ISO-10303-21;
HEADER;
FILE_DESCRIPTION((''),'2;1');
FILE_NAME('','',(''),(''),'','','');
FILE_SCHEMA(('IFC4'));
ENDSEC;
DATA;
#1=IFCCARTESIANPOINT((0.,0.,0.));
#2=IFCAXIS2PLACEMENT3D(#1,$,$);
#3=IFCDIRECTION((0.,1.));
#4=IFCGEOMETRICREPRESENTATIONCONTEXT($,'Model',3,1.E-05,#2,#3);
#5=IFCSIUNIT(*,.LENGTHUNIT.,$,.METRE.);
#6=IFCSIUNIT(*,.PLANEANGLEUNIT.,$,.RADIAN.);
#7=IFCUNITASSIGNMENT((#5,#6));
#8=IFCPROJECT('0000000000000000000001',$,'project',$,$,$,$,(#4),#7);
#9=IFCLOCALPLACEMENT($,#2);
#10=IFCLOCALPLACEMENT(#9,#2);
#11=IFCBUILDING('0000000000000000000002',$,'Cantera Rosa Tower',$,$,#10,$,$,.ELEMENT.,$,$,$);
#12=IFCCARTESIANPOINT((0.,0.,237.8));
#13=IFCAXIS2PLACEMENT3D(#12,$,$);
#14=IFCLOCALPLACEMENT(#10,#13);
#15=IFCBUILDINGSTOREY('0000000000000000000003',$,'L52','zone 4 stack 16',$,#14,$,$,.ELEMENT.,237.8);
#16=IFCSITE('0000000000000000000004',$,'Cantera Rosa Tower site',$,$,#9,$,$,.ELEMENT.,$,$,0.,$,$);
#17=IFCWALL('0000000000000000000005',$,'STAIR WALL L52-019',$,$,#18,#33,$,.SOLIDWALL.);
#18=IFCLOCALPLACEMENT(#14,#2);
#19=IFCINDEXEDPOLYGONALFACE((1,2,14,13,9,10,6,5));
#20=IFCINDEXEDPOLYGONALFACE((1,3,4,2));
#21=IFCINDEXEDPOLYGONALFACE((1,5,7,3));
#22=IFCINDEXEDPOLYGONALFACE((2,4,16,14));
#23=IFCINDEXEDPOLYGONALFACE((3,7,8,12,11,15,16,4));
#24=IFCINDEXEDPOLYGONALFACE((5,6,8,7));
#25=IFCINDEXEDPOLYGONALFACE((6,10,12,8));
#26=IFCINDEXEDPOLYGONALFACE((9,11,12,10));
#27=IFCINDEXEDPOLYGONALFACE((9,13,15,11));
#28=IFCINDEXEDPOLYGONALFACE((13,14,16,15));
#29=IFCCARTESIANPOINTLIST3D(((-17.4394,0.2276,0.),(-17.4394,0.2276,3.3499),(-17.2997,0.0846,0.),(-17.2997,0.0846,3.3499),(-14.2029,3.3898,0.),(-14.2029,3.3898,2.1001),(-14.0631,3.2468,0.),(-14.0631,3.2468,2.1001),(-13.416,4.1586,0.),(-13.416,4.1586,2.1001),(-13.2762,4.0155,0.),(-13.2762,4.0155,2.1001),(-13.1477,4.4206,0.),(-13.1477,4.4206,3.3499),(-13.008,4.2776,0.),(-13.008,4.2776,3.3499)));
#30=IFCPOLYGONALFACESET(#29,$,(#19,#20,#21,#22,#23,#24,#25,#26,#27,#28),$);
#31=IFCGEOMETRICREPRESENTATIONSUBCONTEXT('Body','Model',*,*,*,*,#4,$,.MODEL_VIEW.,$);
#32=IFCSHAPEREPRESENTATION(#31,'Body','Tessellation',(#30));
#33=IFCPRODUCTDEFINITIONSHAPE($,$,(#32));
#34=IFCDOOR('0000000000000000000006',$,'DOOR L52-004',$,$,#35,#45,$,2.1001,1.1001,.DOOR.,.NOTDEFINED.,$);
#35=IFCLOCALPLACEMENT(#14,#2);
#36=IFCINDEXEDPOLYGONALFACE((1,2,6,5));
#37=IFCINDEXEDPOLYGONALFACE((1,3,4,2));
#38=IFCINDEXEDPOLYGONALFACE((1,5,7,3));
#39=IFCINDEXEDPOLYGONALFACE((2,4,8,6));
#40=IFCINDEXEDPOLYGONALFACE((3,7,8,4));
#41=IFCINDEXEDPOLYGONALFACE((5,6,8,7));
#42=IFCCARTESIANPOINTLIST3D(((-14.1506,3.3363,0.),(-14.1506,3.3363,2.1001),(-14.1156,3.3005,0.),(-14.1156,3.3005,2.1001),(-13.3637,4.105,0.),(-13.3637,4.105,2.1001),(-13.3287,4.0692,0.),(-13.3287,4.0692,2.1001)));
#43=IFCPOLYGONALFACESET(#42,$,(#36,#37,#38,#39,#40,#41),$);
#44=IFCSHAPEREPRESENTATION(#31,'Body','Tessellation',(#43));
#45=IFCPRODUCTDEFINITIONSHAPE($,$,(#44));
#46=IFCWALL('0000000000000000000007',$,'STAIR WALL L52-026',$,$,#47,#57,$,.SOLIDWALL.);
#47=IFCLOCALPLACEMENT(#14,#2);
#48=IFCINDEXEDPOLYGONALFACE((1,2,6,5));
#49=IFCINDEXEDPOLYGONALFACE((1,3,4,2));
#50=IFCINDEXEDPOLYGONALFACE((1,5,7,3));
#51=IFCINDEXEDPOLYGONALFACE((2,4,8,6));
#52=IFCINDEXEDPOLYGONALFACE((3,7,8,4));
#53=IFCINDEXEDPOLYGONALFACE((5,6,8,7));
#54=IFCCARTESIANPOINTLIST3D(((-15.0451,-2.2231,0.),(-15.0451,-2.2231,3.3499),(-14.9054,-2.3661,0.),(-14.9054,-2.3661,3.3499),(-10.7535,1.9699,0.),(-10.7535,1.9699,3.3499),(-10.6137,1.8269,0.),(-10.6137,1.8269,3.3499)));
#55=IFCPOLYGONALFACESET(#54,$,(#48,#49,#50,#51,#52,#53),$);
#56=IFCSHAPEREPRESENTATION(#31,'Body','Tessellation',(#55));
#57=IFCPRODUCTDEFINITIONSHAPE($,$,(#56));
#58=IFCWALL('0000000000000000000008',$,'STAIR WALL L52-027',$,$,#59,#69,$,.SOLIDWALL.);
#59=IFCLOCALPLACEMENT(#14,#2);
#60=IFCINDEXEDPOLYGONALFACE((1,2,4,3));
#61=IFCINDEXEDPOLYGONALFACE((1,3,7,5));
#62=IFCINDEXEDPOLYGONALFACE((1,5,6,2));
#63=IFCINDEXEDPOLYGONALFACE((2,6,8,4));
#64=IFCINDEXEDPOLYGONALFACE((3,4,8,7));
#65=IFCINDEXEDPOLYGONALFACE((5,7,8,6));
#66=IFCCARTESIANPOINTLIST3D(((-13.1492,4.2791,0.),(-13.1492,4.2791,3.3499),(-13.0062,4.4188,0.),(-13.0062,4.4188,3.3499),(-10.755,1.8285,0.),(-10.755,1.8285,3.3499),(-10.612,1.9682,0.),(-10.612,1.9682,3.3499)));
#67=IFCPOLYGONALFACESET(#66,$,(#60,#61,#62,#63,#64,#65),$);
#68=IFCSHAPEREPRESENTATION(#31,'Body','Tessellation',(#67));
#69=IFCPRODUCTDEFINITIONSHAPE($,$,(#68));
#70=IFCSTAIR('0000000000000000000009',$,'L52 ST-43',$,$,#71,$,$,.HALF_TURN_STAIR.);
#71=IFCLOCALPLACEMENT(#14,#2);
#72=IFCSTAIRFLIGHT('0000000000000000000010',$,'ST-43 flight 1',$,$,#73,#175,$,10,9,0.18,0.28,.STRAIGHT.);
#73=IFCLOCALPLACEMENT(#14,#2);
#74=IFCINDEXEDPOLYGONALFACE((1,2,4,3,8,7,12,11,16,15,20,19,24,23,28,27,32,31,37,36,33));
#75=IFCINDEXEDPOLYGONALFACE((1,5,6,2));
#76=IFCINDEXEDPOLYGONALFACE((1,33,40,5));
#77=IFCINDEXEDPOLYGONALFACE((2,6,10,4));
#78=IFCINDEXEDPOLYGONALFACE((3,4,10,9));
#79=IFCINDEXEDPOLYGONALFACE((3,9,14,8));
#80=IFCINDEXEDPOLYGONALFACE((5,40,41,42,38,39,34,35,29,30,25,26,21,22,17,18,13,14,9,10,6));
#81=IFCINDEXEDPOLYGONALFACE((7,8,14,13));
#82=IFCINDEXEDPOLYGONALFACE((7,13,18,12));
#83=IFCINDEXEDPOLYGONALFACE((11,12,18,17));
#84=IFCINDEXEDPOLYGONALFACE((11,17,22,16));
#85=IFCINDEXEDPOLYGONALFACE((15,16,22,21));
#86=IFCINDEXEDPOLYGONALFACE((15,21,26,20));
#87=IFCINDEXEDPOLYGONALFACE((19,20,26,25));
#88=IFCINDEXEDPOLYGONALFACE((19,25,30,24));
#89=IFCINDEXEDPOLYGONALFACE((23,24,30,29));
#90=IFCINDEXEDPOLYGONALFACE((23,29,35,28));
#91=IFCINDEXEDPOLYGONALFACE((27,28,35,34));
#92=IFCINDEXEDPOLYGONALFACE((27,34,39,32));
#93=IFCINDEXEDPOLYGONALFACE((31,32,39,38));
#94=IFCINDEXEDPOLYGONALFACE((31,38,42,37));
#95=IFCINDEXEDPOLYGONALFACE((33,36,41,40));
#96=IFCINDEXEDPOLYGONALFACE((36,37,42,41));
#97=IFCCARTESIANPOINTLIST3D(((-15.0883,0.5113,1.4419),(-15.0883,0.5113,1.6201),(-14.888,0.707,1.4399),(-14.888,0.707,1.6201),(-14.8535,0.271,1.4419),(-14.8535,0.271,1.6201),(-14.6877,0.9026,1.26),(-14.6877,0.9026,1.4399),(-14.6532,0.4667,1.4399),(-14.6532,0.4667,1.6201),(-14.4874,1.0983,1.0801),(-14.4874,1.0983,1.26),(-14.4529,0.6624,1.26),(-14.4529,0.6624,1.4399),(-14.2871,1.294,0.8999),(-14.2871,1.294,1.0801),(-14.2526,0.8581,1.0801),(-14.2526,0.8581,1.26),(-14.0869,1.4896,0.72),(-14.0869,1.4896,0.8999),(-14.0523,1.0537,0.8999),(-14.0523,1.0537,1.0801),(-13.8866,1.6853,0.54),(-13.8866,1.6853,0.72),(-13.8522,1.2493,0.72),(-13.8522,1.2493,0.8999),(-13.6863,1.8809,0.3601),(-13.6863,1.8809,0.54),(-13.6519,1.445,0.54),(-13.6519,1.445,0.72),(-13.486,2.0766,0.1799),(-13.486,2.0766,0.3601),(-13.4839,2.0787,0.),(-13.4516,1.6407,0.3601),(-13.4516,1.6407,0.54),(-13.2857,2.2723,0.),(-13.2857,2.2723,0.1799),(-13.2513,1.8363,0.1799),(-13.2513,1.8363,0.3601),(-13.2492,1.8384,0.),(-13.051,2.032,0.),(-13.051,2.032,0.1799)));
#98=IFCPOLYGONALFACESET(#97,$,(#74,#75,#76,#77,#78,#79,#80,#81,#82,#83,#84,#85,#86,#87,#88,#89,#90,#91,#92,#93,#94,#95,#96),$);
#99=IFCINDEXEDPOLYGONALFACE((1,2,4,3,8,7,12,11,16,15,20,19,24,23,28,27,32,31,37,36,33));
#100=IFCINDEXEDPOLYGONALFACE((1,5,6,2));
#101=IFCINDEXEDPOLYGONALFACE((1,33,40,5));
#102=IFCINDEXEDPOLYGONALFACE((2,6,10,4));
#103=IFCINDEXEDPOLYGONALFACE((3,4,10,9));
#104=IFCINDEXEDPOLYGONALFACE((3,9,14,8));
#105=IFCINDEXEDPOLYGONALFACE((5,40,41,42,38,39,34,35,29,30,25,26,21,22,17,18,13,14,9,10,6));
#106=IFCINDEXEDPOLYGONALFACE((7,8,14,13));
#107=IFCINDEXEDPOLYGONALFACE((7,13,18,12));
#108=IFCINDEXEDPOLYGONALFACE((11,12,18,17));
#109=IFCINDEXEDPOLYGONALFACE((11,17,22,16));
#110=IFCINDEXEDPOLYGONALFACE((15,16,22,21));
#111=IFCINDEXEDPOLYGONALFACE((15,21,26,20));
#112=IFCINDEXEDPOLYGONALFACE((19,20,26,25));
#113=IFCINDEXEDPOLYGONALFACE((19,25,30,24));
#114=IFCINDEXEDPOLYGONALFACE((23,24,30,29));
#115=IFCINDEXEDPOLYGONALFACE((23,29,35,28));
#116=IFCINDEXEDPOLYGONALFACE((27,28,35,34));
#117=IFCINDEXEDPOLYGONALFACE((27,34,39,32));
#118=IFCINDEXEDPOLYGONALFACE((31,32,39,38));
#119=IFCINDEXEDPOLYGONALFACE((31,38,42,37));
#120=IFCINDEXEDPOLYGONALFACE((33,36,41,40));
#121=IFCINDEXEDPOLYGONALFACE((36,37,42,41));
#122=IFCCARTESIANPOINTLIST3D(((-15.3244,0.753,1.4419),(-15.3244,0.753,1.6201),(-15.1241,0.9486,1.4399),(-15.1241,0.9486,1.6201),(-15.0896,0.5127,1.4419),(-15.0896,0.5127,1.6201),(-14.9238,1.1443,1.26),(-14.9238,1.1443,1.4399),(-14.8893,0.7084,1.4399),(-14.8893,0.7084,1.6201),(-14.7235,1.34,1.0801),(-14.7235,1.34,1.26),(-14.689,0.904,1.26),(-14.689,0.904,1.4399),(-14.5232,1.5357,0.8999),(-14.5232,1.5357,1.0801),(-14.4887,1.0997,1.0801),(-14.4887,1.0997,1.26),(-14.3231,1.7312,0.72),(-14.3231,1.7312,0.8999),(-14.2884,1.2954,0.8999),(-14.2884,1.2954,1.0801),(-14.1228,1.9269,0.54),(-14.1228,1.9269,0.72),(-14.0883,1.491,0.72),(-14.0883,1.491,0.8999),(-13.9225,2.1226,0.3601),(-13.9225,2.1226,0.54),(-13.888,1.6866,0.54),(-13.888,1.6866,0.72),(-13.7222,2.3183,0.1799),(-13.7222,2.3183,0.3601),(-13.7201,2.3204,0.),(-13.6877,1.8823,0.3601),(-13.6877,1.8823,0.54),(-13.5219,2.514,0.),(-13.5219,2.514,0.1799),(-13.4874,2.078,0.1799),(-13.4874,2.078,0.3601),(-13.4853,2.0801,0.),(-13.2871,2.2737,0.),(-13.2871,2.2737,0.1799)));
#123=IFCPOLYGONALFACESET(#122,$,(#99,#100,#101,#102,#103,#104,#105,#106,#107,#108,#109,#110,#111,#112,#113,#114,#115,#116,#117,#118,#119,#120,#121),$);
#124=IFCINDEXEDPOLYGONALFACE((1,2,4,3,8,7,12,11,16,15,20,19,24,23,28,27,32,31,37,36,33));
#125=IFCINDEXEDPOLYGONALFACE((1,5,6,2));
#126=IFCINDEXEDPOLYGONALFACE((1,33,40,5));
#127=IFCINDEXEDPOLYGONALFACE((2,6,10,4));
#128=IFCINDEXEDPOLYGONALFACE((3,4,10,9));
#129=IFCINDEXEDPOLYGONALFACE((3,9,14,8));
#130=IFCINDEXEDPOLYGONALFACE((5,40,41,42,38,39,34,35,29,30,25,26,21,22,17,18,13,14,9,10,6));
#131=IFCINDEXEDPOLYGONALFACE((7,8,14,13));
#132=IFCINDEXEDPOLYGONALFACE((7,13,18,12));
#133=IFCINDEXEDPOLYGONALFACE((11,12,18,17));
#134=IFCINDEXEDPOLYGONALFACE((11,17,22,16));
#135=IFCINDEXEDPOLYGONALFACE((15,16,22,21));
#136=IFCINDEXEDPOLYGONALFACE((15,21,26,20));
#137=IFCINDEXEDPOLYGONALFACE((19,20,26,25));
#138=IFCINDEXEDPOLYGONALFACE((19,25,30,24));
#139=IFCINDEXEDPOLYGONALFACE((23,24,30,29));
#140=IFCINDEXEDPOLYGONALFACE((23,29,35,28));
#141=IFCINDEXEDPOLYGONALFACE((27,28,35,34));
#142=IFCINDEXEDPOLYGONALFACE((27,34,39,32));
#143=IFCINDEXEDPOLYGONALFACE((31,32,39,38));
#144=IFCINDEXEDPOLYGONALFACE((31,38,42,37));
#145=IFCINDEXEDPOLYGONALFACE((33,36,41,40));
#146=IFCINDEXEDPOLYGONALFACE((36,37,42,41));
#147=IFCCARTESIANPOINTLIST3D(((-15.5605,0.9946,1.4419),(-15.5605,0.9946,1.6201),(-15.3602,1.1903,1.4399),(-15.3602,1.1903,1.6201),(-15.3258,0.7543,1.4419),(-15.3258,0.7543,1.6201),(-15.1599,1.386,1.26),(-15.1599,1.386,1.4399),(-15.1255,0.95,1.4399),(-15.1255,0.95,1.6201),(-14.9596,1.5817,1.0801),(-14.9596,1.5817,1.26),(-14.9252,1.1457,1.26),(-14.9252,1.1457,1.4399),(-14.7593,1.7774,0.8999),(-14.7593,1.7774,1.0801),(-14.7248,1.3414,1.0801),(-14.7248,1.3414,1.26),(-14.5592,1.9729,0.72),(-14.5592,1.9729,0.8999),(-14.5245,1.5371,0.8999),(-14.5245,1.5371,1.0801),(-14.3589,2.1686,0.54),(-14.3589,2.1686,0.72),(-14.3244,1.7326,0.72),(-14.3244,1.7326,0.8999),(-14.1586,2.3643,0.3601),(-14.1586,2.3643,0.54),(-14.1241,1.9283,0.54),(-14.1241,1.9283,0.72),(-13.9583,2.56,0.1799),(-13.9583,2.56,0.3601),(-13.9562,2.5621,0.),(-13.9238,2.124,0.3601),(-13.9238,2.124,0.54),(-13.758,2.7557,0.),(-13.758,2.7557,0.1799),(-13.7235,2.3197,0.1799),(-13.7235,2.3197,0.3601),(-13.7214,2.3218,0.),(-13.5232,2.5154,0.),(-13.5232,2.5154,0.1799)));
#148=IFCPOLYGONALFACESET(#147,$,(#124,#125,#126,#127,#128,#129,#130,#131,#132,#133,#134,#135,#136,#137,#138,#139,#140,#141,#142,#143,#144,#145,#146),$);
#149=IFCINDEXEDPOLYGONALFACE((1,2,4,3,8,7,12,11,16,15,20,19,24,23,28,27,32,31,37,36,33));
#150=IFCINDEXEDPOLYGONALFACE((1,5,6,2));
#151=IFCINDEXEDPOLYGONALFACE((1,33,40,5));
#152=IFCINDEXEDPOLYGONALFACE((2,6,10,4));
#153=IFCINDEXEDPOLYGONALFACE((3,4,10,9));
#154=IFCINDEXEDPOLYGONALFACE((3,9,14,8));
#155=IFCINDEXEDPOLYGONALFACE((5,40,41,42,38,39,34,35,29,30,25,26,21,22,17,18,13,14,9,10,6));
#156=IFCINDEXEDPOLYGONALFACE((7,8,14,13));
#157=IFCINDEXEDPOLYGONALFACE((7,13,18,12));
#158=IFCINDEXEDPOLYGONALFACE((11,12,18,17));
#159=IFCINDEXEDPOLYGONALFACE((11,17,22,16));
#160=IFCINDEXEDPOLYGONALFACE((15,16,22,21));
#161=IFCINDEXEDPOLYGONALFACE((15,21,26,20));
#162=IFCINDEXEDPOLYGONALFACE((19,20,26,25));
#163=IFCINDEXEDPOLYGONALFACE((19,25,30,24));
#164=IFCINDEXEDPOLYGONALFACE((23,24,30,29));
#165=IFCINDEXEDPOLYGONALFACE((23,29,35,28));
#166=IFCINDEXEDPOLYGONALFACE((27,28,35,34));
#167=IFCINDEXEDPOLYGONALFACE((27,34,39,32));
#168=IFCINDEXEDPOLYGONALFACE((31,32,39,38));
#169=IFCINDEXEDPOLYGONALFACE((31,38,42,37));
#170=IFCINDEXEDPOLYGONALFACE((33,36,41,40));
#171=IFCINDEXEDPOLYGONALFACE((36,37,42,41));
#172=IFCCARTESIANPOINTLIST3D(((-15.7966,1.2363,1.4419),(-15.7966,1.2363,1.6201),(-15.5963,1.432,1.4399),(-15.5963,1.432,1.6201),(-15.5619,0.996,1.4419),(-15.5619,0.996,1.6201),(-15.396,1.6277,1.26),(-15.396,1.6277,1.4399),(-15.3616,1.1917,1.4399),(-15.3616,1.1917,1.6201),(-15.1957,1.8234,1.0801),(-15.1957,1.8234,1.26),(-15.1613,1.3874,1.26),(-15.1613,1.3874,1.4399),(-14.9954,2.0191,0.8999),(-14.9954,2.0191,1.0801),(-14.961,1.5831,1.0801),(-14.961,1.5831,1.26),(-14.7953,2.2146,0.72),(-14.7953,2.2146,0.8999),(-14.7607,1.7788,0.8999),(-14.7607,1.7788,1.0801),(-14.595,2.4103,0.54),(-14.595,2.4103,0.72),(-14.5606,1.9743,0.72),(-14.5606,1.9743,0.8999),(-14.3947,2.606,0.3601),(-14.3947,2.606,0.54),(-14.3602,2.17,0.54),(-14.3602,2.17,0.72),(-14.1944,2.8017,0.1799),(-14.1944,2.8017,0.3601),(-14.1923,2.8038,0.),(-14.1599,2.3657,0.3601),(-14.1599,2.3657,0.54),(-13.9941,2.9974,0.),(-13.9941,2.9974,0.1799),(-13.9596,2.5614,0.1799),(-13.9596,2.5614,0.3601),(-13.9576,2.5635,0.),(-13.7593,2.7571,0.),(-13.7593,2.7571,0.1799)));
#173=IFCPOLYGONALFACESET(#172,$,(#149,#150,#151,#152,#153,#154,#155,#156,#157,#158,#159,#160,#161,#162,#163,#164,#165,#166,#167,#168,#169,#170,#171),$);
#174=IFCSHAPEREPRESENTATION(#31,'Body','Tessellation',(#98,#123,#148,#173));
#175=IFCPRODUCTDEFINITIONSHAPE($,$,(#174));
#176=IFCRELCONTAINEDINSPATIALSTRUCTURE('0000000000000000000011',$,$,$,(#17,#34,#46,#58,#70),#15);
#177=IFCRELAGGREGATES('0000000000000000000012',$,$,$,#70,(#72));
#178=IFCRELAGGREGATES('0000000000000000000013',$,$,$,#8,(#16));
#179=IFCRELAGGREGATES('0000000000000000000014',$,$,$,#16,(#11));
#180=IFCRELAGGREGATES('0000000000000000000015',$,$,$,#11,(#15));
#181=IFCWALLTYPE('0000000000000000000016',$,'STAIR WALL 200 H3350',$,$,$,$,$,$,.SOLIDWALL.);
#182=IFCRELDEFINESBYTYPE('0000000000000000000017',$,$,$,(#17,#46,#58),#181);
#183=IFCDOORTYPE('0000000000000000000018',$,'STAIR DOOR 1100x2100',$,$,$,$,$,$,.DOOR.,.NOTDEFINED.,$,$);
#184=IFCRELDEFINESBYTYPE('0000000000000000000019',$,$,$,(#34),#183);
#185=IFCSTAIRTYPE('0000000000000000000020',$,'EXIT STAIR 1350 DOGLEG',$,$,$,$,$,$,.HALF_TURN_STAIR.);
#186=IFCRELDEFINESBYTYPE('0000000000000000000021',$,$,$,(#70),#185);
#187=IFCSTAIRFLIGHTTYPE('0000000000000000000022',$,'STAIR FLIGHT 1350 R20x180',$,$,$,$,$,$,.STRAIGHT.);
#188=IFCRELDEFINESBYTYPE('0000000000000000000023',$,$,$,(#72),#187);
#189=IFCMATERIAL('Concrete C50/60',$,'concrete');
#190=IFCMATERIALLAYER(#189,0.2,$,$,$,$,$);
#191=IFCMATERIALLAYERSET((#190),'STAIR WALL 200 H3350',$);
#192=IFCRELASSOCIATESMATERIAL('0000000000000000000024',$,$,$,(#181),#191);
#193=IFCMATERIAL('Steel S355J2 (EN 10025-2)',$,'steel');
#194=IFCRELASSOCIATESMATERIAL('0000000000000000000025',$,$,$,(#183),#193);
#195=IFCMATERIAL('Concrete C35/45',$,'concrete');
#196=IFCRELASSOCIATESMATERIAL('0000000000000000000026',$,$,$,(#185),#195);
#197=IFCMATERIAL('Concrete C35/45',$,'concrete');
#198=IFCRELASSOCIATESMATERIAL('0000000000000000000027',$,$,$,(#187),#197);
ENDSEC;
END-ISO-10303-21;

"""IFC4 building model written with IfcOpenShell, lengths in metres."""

from ifc_helpers import new_model, si_unit, direction, frame, frame_2d, origin, place, context, subcontext, project, spatial, polyline, rectangle, outline, extrude, material, layer, layer_set, type_object, element, fill, aggregate, save


model = new_model("IFC4")

# Units and contexts
model_context = context("Model", 3, precision=1e-05, world=origin(), true_north=direction((0.0, 1.0)))
body_context = subcontext(model_context, "Body", "Model", "MODEL_VIEW")
ifc_project = project(units=[si_unit("LENGTHUNIT", "METRE"), si_unit("PLANEANGLEUNIT", "RADIAN")], contexts=[model_context])

# Site, building, storey
site_placement = place(None, origin())
site = spatial("IfcSite", under=ifc_project, at=site_placement, Name="Cantera Rosa Tower site", CompositionType="ELEMENT", RefElevation=0.0)
building_placement = place(site_placement, origin())
building = spatial("IfcBuilding", under=site, at=building_placement, Name="Cantera Rosa Tower", CompositionType="ELEMENT")
storey_placement = place(building_placement, frame((0.0, 0.0, 237.8)))
storey = spatial("IfcBuildingStorey", under=building, at=storey_placement, Name="L52", Description="zone 4 stack 16", CompositionType="ELEMENT", Elevation=237.8)

# Wall, opening, door
ifc_material_1 = material(Name="Concrete C50/60", Category="concrete")
ifc_layer_1 = layer(ifc_material_1, 0.2)
ifc_layer_set_1 = layer_set([ifc_layer_1], Name="STAIR WALL 200 H3350")
wall_type_1 = type_object("IfcWallType", Name="STAIR WALL 200 H3350", PredefinedType="SOLIDWALL", material=ifc_layer_set_1)
wall_1_placement = place(storey_placement, frame((-13.0779, 4.3491, 0.0), z_axis=(0.0, 0.0, 1.0), x_axis=(-0.715278, -0.69884, 0.0)))
wall_1 = element("IfcWall", 1, at=wall_1_placement, inside=storey, type_object=wall_type_1, Name="STAIR WALL L52-019", PredefinedType="SOLIDWALL", context=body_context, shape_type="SweptSolid", body=[
    extrude(rectangle(XDim=6.0, YDim=0.2, at=frame_2d((3.0, 0.0))), origin(), (0.0, 0.0, 1.0), 3.3499),
])
opening_1_placement = place(wall_1_placement, frame((0.375, 0.0, 0.0)))
opening_1 = element("IfcOpeningElement", 2, at=opening_1_placement, cuts=wall_1, PredefinedType="OPENING", context=body_context, shape_type="SweptSolid", body=[
    extrude(rectangle(XDim=1.1001, YDim=2.1001, at=frame_2d((0.55, 1.05))), frame((0.0, 0.1099, 0.0), z_axis=(0.0, -1.0, 0.0), x_axis=(1.0, 0.0, 0.0)), (0.0, 0.0, 1.0), 0.22),
])
ifc_material_2 = material(Name="Steel S355J2 (EN 10025-2)", Category="steel")
door_type_1 = type_object("IfcDoorType", Name="STAIR DOOR 1100x2100", OperationType="NOTDEFINED", PredefinedType="DOOR", material=ifc_material_2)
door_1_placement = place(opening_1_placement, origin())
door_1 = element("IfcDoor", 3, at=door_1_placement, inside=storey, type_object=door_type_1, Name="DOOR L52-004", OperationType="NOTDEFINED", OverallHeight=2.1001, OverallWidth=1.1001, PredefinedType="DOOR", context=body_context, shape_type="SweptSolid", body=[
    extrude(rectangle(XDim=1.1001, YDim=2.1001, at=frame_2d((0.55, 1.05))), frame((0.0, 0.0249, 0.0), z_axis=(0.0, -1.0, 0.0), x_axis=(1.0, 0.0, 0.0)), (0.0, 0.0, 1.0), 0.05),
])
fill(opening_1, door_1)

# Walls
wall_2_placement = place(storey_placement, frame((-10.6836, 1.8984, 0.0), z_axis=(0.0, 0.0, 1.0), x_axis=(-0.715278, -0.69884, 0.0)))
element("IfcWall", 4, at=wall_2_placement, inside=storey, type_object=wall_type_1, Name="STAIR WALL L52-026", PredefinedType="SOLIDWALL", context=body_context, shape_type="SweptSolid", body=[
    extrude(rectangle(XDim=6.0, YDim=0.2, at=frame_2d((3.0, 0.0))), origin(), (0.0, 0.0, 1.0), 3.3499),
])
wall_3_placement = place(storey_placement, frame((-10.6836, 1.8984, 0.0), z_axis=(0.0, 0.0, 1.0), x_axis=(-0.698829, 0.715289, 0.0)))
element("IfcWall", 5, at=wall_3_placement, inside=storey, type_object=wall_type_1, Name="STAIR WALL L52-027", PredefinedType="SOLIDWALL", context=body_context, shape_type="SweptSolid", body=[
    extrude(rectangle(XDim=3.426, YDim=0.2, at=frame_2d((1.7129, 0.0))), origin(), (0.0, 0.0, 1.0), 3.3499),
])

# Stair, stair flight
ifc_material_3 = material(Name="Concrete C35/45", Category="concrete")
stair_type = type_object("IfcStairType", Name="EXIT STAIR 1350 DOGLEG", PredefinedType="HALF_TURN_STAIR", material=ifc_material_3)
stair_placement = place(storey_placement, origin())
stair = element("IfcStair", 6, at=stair_placement, inside=storey, type_object=stair_type, Name="L52 ST-43", PredefinedType="HALF_TURN_STAIR")
ifc_material_4 = material(Name="Concrete C35/45", Category="concrete")
stair_flight_type = type_object("IfcStairFlightType", Name="STAIR FLIGHT 1350 R20x180", PredefinedType="STRAIGHT", material=ifc_material_4)
stair_flight_placement = place(storey_placement, frame((-13.5227, 2.5149, 0.0), z_axis=(0.0, 0.0, 1.0), x_axis=(-0.715286, -0.698832, 0.0)))
stair_flight = element("IfcStairFlight", 7, at=stair_flight_placement, type_object=stair_flight_type, Name="ST-43 flight 1", NumberOfRisers=10, NumberOfTreads=9, PredefinedType="STRAIGHT", RiserHeight=0.18, TreadLength=0.28, context=body_context, shape_type="SweptSolid", body=[
    extrude(outline(polyline([(0.0, 0.0), (0.0, 0.1799), (0.28, 0.1799), (0.28, 0.3601), (0.5601, 0.3601), (0.5601, 0.54), (0.8401, 0.54), (0.8401, 0.72), (1.1201, 0.72), (1.1201, 0.8999), (1.3999, 0.8999), (1.3999, 1.0801), (1.6799, 1.0801), (1.6799, 1.26), (1.96, 1.26), (1.96, 1.4399), (2.24, 1.4399), (2.24, 1.6201), (2.52, 1.6201), (2.52, 1.8), (2.52, 1.4419), (0.2771, 0.0), (0.0, 0.0)])), frame((0.0, 0.675, 0.0), z_axis=(0.0, -1.0, 0.0), x_axis=(1.0, 0.0, 0.0)), (0.0, 0.0, 1.0), 0.3359),
    extrude(outline(polyline([(0.0, 0.0), (0.0, 0.1799), (0.28, 0.1799), (0.28, 0.3601), (0.5601, 0.3601), (0.5601, 0.54), (0.8401, 0.54), (0.8401, 0.72), (1.1201, 0.72), (1.1201, 0.8999), (1.3999, 0.8999), (1.3999, 1.0801), (1.6799, 1.0801), (1.6799, 1.26), (1.96, 1.26), (1.96, 1.4399), (2.24, 1.4399), (2.24, 1.6201), (2.52, 1.6201), (2.52, 1.8), (2.52, 1.4419), (0.2771, 0.0), (0.0, 0.0)])), frame((0.0, 0.3372, 0.0), z_axis=(0.0, -1.0, 0.0), x_axis=(1.0, 0.0, 0.0)), (0.0, 0.0, 1.0), 0.3359),
    extrude(outline(polyline([(0.0, 0.0), (0.0, 0.1799), (0.28, 0.1799), (0.28, 0.3601), (0.5601, 0.3601), (0.5601, 0.54), (0.8401, 0.54), (0.8401, 0.72), (1.1201, 0.72), (1.1201, 0.8999), (1.3999, 0.8999), (1.3999, 1.0801), (1.6799, 1.0801), (1.6799, 1.26), (1.96, 1.26), (1.96, 1.4399), (2.24, 1.4399), (2.24, 1.6201), (2.52, 1.6201), (2.52, 1.8), (2.52, 1.4419), (0.2771, 0.0), (0.0, 0.0)])), frame((0.0, -0.0007, 0.0), z_axis=(0.0, -1.0, 0.0), x_axis=(1.0, 0.0, 0.0)), (0.0, 0.0, 1.0), 0.3359),
    extrude(outline(polyline([(0.0, 0.0), (0.0, 0.1799), (0.28, 0.1799), (0.28, 0.3601), (0.5601, 0.3601), (0.5601, 0.54), (0.8401, 0.54), (0.8401, 0.72), (1.1201, 0.72), (1.1201, 0.8999), (1.3999, 0.8999), (1.3999, 1.0801), (1.6799, 1.0801), (1.6799, 1.26), (1.96, 1.26), (1.96, 1.4399), (2.24, 1.4399), (2.24, 1.6201), (2.52, 1.6201), (2.52, 1.8), (2.52, 1.4419), (0.2771, 0.0), (0.0, 0.0)])), frame((0.0, -0.3386, 0.0), z_axis=(0.0, -1.0, 0.0), x_axis=(1.0, 0.0, 0.0)), (0.0, 0.0, 1.0), 0.3359),
])
aggregate(stair, [stair_flight])

save(model, "model.ifc")
